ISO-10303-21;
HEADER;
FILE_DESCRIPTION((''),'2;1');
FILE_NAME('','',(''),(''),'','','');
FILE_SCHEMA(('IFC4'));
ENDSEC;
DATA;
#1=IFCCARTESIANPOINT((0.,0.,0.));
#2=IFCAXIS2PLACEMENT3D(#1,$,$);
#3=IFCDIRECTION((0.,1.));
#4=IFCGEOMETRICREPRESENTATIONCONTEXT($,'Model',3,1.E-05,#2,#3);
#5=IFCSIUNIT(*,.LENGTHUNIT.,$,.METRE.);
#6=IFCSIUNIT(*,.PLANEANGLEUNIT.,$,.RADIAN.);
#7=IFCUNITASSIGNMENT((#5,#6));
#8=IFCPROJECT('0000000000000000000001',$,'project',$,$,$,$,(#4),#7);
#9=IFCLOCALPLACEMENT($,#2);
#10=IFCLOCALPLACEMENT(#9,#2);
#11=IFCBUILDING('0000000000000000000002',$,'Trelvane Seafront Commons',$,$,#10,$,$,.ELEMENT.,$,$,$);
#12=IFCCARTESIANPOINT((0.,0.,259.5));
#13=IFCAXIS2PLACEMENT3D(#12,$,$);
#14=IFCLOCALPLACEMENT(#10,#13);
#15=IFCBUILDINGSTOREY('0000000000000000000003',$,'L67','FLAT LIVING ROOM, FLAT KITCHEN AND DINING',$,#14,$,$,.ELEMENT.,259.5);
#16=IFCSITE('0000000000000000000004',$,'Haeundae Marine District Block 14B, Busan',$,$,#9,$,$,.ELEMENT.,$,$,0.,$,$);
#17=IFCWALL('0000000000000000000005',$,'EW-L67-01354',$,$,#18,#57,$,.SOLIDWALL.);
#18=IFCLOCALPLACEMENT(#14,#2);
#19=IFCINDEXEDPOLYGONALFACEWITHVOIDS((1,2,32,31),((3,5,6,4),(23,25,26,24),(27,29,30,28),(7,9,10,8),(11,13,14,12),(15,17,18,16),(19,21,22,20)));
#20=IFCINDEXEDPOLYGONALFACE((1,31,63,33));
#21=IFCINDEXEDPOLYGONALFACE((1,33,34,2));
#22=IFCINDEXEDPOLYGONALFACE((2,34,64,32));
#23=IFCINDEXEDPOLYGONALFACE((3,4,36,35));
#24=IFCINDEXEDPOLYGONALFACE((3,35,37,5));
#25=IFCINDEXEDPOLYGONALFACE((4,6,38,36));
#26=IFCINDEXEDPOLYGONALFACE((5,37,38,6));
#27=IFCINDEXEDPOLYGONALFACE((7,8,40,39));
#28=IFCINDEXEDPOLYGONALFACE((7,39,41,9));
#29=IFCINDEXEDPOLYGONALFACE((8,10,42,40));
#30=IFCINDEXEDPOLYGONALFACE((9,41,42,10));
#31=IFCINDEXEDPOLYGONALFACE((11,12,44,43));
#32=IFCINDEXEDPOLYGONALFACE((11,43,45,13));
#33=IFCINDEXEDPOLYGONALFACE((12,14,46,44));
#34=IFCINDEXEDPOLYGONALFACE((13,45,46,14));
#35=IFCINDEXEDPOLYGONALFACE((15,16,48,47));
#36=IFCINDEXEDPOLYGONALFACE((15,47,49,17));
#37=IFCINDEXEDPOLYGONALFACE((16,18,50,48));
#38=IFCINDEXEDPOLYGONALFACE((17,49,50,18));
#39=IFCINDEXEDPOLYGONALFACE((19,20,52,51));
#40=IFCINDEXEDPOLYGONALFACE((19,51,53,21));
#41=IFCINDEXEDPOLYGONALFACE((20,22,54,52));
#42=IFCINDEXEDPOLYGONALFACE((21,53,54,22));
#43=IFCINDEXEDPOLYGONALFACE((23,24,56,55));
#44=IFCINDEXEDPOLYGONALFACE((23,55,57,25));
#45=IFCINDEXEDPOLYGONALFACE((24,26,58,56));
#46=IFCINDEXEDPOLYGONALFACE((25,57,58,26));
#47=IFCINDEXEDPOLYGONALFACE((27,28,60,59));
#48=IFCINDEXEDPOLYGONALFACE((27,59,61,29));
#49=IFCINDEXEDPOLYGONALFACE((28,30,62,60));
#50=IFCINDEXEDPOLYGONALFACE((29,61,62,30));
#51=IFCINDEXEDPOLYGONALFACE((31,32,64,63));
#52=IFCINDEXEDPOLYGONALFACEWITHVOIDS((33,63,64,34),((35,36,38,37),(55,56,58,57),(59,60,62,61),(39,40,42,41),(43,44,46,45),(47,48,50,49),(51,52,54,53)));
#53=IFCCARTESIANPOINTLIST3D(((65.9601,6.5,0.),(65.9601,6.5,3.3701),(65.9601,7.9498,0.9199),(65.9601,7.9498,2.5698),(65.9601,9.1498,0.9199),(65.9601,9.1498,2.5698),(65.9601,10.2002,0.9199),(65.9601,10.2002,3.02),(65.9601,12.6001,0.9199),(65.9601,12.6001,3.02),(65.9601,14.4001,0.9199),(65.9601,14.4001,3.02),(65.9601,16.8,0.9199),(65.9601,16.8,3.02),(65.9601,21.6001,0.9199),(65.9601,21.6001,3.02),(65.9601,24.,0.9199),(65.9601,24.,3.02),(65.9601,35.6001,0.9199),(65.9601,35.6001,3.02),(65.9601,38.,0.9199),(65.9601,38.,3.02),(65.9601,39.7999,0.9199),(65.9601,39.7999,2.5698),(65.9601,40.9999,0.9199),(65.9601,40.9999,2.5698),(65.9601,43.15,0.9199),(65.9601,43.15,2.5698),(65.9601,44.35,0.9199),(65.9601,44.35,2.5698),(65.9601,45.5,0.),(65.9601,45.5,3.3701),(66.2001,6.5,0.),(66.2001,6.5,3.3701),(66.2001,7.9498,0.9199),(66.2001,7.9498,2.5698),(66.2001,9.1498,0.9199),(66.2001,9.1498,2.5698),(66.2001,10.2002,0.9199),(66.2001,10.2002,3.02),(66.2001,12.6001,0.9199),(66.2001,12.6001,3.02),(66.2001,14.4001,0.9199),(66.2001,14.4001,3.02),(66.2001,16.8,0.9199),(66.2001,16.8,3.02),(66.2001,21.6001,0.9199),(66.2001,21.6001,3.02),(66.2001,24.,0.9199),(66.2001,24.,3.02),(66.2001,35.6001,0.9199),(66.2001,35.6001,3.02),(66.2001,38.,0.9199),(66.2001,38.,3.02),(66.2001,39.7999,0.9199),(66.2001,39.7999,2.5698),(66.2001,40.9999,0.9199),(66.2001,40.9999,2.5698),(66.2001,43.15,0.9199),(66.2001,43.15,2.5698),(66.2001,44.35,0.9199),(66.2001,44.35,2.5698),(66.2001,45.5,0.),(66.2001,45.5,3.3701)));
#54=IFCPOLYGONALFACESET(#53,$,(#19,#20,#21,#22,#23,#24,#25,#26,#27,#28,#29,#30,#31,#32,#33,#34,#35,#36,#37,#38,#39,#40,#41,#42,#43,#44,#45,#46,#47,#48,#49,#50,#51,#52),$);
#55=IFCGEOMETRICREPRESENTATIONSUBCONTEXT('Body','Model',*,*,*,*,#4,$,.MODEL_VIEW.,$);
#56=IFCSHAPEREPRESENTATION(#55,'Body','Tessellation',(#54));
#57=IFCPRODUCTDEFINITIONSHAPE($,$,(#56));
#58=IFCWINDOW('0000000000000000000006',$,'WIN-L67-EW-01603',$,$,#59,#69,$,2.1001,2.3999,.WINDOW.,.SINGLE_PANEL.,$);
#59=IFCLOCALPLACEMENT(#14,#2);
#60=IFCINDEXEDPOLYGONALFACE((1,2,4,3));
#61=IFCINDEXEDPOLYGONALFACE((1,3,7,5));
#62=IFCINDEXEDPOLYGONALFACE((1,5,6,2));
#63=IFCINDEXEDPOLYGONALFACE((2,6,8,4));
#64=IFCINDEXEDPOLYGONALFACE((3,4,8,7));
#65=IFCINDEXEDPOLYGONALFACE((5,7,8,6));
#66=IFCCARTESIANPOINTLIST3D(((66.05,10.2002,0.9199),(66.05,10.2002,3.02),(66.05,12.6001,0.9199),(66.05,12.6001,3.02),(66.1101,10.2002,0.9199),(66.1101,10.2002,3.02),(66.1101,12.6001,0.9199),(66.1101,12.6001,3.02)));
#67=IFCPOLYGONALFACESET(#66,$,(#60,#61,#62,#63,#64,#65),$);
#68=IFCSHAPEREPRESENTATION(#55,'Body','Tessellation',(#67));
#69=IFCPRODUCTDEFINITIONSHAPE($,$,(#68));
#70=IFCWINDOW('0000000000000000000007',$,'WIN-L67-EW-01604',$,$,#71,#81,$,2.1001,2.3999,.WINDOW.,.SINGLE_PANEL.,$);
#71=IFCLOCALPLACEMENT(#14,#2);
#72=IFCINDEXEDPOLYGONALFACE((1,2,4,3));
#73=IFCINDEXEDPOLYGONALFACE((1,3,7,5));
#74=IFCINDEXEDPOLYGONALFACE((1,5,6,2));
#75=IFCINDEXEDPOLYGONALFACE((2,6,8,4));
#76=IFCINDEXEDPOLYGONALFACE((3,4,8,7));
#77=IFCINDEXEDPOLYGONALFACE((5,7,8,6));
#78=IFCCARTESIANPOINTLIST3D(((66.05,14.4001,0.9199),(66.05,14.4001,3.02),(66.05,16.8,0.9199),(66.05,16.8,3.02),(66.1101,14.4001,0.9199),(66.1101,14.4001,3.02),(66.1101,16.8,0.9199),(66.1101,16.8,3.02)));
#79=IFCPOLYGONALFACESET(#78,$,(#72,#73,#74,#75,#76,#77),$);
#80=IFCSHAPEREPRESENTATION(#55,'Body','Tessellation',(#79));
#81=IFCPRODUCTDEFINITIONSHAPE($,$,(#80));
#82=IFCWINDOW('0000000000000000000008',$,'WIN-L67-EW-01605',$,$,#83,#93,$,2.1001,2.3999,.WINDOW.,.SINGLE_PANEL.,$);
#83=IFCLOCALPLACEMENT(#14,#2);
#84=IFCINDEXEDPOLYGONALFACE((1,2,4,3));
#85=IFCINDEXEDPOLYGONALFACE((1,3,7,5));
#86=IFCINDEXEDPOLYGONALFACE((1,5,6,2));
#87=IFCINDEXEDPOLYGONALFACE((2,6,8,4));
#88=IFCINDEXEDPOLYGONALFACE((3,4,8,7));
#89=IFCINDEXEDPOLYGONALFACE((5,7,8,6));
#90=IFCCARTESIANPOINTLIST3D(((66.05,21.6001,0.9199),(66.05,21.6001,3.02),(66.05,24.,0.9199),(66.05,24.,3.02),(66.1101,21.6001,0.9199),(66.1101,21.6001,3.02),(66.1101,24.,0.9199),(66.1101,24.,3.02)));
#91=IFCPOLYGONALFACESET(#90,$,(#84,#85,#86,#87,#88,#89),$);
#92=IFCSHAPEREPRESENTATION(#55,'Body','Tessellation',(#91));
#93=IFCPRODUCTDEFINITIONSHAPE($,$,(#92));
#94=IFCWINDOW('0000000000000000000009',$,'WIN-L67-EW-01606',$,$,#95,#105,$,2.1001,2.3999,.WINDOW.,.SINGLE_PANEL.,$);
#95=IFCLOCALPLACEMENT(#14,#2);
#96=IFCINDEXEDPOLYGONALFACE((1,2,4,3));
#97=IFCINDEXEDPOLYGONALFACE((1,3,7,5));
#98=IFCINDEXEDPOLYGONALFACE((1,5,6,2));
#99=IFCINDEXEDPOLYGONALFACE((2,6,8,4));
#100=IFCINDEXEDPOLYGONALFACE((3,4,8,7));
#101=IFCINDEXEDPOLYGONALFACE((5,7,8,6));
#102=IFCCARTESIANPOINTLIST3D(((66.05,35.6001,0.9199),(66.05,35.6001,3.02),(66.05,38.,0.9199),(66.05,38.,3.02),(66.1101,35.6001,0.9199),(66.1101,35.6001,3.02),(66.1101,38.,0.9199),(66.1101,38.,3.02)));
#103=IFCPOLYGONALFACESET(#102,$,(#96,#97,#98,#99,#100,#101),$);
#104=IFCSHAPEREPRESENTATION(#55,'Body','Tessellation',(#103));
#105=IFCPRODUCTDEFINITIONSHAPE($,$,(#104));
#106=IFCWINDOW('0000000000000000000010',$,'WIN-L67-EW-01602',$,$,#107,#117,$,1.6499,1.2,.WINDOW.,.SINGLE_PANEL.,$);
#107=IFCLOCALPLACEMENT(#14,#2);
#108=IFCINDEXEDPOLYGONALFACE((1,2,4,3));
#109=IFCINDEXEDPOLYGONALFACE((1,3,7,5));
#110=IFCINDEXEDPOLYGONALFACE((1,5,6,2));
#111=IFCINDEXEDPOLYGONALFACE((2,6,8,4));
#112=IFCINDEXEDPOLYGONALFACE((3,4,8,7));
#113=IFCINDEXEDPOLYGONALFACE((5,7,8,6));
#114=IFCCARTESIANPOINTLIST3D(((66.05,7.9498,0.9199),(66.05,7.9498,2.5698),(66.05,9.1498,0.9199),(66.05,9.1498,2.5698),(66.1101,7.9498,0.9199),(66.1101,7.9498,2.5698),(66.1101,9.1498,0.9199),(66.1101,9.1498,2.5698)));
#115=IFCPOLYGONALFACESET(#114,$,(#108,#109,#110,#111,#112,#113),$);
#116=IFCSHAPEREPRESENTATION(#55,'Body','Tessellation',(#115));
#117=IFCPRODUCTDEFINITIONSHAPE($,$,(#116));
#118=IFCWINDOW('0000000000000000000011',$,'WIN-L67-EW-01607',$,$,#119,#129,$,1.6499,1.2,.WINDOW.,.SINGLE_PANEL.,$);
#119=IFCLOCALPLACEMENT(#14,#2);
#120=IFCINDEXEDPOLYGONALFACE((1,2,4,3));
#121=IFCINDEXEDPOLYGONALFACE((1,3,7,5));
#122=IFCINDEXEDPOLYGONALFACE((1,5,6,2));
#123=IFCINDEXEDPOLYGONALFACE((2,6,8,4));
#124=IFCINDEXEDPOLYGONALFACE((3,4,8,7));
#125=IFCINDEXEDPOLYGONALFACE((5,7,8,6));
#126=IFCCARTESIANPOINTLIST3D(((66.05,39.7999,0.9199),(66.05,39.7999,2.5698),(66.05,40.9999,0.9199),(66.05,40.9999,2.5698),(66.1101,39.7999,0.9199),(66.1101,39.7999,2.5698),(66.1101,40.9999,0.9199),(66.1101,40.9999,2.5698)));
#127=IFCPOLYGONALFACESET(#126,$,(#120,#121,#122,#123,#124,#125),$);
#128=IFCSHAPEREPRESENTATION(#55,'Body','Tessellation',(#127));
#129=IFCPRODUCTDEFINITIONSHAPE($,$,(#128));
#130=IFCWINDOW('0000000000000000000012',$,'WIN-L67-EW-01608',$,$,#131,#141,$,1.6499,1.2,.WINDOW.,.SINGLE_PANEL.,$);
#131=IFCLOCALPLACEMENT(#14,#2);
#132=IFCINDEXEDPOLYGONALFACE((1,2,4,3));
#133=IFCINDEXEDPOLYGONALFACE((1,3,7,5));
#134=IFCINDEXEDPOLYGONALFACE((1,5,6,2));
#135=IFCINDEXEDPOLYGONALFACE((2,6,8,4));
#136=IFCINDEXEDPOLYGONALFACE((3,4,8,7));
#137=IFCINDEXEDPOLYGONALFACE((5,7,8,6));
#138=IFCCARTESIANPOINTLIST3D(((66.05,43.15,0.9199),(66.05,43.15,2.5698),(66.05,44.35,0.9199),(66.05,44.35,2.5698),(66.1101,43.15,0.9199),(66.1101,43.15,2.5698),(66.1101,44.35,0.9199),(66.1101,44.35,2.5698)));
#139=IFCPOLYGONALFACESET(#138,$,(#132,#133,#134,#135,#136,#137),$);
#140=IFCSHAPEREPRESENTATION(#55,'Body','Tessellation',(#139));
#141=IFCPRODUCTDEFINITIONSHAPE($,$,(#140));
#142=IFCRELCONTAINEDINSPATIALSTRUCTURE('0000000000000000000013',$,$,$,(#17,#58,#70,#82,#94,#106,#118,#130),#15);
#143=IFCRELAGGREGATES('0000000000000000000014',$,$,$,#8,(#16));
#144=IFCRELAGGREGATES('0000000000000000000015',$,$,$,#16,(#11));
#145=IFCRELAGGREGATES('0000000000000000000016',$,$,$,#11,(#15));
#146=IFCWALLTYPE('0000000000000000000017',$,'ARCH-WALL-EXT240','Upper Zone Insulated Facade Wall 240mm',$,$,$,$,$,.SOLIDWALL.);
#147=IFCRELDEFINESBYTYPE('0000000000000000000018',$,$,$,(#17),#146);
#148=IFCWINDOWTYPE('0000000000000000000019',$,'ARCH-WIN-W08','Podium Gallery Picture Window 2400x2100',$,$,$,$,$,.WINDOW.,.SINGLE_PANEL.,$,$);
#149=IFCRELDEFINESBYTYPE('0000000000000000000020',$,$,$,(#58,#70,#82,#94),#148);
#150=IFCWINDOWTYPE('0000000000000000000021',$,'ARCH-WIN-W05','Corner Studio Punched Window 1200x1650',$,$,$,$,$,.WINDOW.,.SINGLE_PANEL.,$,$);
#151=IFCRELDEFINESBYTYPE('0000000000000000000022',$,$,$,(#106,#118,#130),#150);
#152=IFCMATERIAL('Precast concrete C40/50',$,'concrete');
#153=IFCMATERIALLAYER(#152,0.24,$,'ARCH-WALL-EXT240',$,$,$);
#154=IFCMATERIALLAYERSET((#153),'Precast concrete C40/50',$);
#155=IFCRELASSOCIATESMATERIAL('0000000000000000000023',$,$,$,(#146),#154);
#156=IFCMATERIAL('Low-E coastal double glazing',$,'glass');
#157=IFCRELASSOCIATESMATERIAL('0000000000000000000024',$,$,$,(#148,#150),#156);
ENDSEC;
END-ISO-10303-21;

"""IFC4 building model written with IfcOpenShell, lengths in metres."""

from ifc_helpers import new_model, si_unit, direction, frame, frame_2d, origin, place, context, subcontext, project, spatial, rectangle, extrude, source, transform, mapped, material, layer, layer_set, type_object, element, fill, save


model = new_model("IFC4")

# Units and contexts
model_context = context("Model", 3, precision=1e-05, world=origin(), true_north=direction((0.0, 1.0)))
body_context = subcontext(model_context, "Body", "Model", "MODEL_VIEW")
ifc_project = project(units=[si_unit("LENGTHUNIT", "METRE"), si_unit("PLANEANGLEUNIT", "RADIAN")], contexts=[model_context])

# Site, building, storey
site_placement = place(None, origin())
site = spatial("IfcSite", under=ifc_project, at=site_placement, Name="Haeundae Marine District Block 14B, Busan", CompositionType="ELEMENT", RefElevation=0.0)
building_placement = place(site_placement, origin())
building = spatial("IfcBuilding", under=site, at=building_placement, Name="Trelvane Seafront Commons", CompositionType="ELEMENT")
storey_placement = place(building_placement, frame((0.0, 0.0, 259.5)))
storey = spatial("IfcBuildingStorey", under=building, at=storey_placement, Name="L67", Description="FLAT LIVING ROOM, FLAT KITCHEN AND DINING", CompositionType="ELEMENT", Elevation=259.5)

# Shared definitions
ifc_material_1 = material(Name="Low-E coastal double glazing", Category="glass")

# Shared definitions
ifc_material_2 = material(Name="Precast concrete C40/50", Category="concrete")
ifc_layer_1 = layer(ifc_material_2, 0.24, Name="ARCH-WALL-EXT240")
ifc_layer_set_1 = layer_set([ifc_layer_1], Name="Precast concrete C40/50")
wall_type_1 = type_object("IfcWallType", Name="ARCH-WALL-EXT240", Description="Upper Zone Insulated Facade Wall 240mm", PredefinedType="SOLIDWALL", material=ifc_layer_set_1)

# Wall, openings, windows
wall_1_placement = place(storey_placement, frame((66.0801, 45.5, 0.0), z_axis=(0.0, 0.0, 1.0), x_axis=(0.0, -1.0, 0.0)))
wall_1 = element("IfcWall", 1, at=wall_1_placement, inside=storey, type_object=wall_type_1, Name="EW-L67-01354", PredefinedType="SOLIDWALL", context=body_context, shape_type="SweptSolid", body=[
    extrude(rectangle(XDim=39.0, YDim=0.24, at=frame_2d((19.5, 0.0))), origin(), (0.0, 0.0, 1.0), 3.3701),
])
opening_1_placement = place(wall_1_placement, frame((36.3501, 0.0, 0.9199)))
opening_1 = element("IfcOpeningElement", 2, at=opening_1_placement, cuts=wall_1, PredefinedType="OPENING", context=body_context, shape_type="SweptSolid", body=[
    extrude(rectangle(XDim=1.2, YDim=1.6499, at=frame_2d((0.6001, 0.825))), frame((0.0, 0.1299, 0.0), z_axis=(0.0, -1.0, 0.0), x_axis=(1.0, 0.0, 0.0)), (0.0, 0.0, 1.0), 0.26),
])
opening_2_placement = place(wall_1_placement, frame((32.8999, 0.0, 0.9199)))
opening_2 = element("IfcOpeningElement", 3, at=opening_2_placement, cuts=wall_1, PredefinedType="OPENING", context=body_context, shape_type="SweptSolid", body=[
    extrude(rectangle(XDim=2.3999, YDim=2.1001, at=frame_2d((1.2, 1.05))), frame((0.0, 0.1299, 0.0), z_axis=(0.0, -1.0, 0.0), x_axis=(1.0, 0.0, 0.0)), (0.0, 0.0, 1.0), 0.26),
])
opening_3_placement = place(wall_1_placement, frame((28.7, 0.0, 0.9199)))
opening_3 = element("IfcOpeningElement", 4, at=opening_3_placement, cuts=wall_1, PredefinedType="OPENING", context=body_context, shape_type="SweptSolid", body=[
    extrude(rectangle(XDim=2.3999, YDim=2.1001, at=frame_2d((1.2, 1.05))), frame((0.0, 0.1299, 0.0), z_axis=(0.0, -1.0, 0.0), x_axis=(1.0, 0.0, 0.0)), (0.0, 0.0, 1.0), 0.26),
])
opening_4_placement = place(wall_1_placement, frame((21.5, 0.0, 0.9199)))
opening_4 = element("IfcOpeningElement", 5, at=opening_4_placement, cuts=wall_1, PredefinedType="OPENING", context=body_context, shape_type="SweptSolid", body=[
    extrude(rectangle(XDim=2.3999, YDim=2.1001, at=frame_2d((1.2, 1.05))), frame((0.0, 0.1299, 0.0), z_axis=(0.0, -1.0, 0.0), x_axis=(1.0, 0.0, 0.0)), (0.0, 0.0, 1.0), 0.26),
])
opening_5_placement = place(wall_1_placement, frame((7.5, 0.0, 0.9199)))
opening_5 = element("IfcOpeningElement", 6, at=opening_5_placement, cuts=wall_1, PredefinedType="OPENING", context=body_context, shape_type="SweptSolid", body=[
    extrude(rectangle(XDim=2.3999, YDim=2.1001, at=frame_2d((1.2, 1.05))), frame((0.0, 0.1299, 0.0), z_axis=(0.0, -1.0, 0.0), x_axis=(1.0, 0.0, 0.0)), (0.0, 0.0, 1.0), 0.26),
])
opening_6_placement = place(wall_1_placement, frame((4.5, 0.0, 0.9199)))
opening_6 = element("IfcOpeningElement", 7, at=opening_6_placement, cuts=wall_1, PredefinedType="OPENING", context=body_context, shape_type="SweptSolid", body=[
    extrude(rectangle(XDim=1.2, YDim=1.6499, at=frame_2d((0.6001, 0.825))), frame((0.0, 0.1299, 0.0), z_axis=(0.0, -1.0, 0.0), x_axis=(1.0, 0.0, 0.0)), (0.0, 0.0, 1.0), 0.26),
])
opening_7_placement = place(wall_1_placement, frame((1.1499, 0.0, 0.9199)))
opening_7 = element("IfcOpeningElement", 8, at=opening_7_placement, cuts=wall_1, PredefinedType="OPENING", context=body_context, shape_type="SweptSolid", body=[
    extrude(rectangle(XDim=1.2, YDim=1.6499, at=frame_2d((0.6001, 0.825))), frame((0.0, 0.1299, 0.0), z_axis=(0.0, -1.0, 0.0), x_axis=(1.0, 0.0, 0.0)), (0.0, 0.0, 1.0), 0.26),
])
window_type_1 = type_object("IfcWindowType", Name="ARCH-WIN-W08", Description="Podium Gallery Picture Window 2400x2100", PartitioningType="SINGLE_PANEL", PredefinedType="WINDOW", material=ifc_material_1)
shared_shape_1 = source(origin(), body_context, "Body", "SweptSolid", [
    extrude(rectangle(XDim=2.3999, YDim=2.1001, at=frame_2d((1.2, 1.05))), frame((0.0, 0.03, 0.0), z_axis=(0.0, -1.0, 0.0), x_axis=(1.0, 0.0, 0.0)), (0.0, 0.0, 1.0), 0.0601),
])
window_1_placement = place(opening_2_placement, origin())
window_1 = element("IfcWindow", 9, at=window_1_placement, inside=storey, type_object=window_type_1, Name="WIN-L67-EW-01603", OverallHeight=2.1001, OverallWidth=2.3999, PartitioningType="SINGLE_PANEL", PredefinedType="WINDOW", context=body_context, shape_type="MappedRepresentation", body=[
    mapped(shared_shape_1, transform((0.0, 0.0, 0.0), x_axis=(1.0, 0.0, 0.0), y_axis=(0.0, 1.0, 0.0), z_axis=(0.0, 0.0, 1.0), scale=1.0)),
])
fill(opening_2, window_1)
window_2_placement = place(opening_3_placement, origin())
window_2 = element("IfcWindow", 10, at=window_2_placement, inside=storey, type_object=window_type_1, Name="WIN-L67-EW-01604", OverallHeight=2.1001, OverallWidth=2.3999, PartitioningType="SINGLE_PANEL", PredefinedType="WINDOW", context=body_context, shape_type="MappedRepresentation", body=[
    mapped(shared_shape_1, transform((0.0, 0.0, 0.0), x_axis=(1.0, 0.0, 0.0), y_axis=(0.0, 1.0, 0.0), z_axis=(0.0, 0.0, 1.0), scale=1.0)),
])
fill(opening_3, window_2)
window_3_placement = place(opening_4_placement, origin())
window_3 = element("IfcWindow", 11, at=window_3_placement, inside=storey, type_object=window_type_1, Name="WIN-L67-EW-01605", OverallHeight=2.1001, OverallWidth=2.3999, PartitioningType="SINGLE_PANEL", PredefinedType="WINDOW", context=body_context, shape_type="MappedRepresentation", body=[
    mapped(shared_shape_1, transform((0.0, 0.0, 0.0), x_axis=(1.0, 0.0, 0.0), y_axis=(0.0, 1.0, 0.0), z_axis=(0.0, 0.0, 1.0), scale=1.0)),
])
fill(opening_4, window_3)
window_4_placement = place(opening_5_placement, origin())
window_4 = element("IfcWindow", 12, at=window_4_placement, inside=storey, type_object=window_type_1, Name="WIN-L67-EW-01606", OverallHeight=2.1001, OverallWidth=2.3999, PartitioningType="SINGLE_PANEL", PredefinedType="WINDOW", context=body_context, shape_type="MappedRepresentation", body=[
    mapped(shared_shape_1, transform((0.0, 0.0, 0.0), x_axis=(1.0, 0.0, 0.0), y_axis=(0.0, 1.0, 0.0), z_axis=(0.0, 0.0, 1.0), scale=1.0)),
])
fill(opening_5, window_4)
window_type_2 = type_object("IfcWindowType", Name="ARCH-WIN-W05", Description="Corner Studio Punched Window 1200x1650", PartitioningType="SINGLE_PANEL", PredefinedType="WINDOW", material=ifc_material_1)
shared_shape_2 = source(origin(), body_context, "Body", "SweptSolid", [
    extrude(rectangle(XDim=1.2, YDim=1.6499, at=frame_2d((0.6001, 0.825))), frame((0.0, 0.03, 0.0), z_axis=(0.0, -1.0, 0.0), x_axis=(1.0, 0.0, 0.0)), (0.0, 0.0, 1.0), 0.0601),
])
window_5_placement = place(opening_1_placement, origin())
window_5 = element("IfcWindow", 13, at=window_5_placement, inside=storey, type_object=window_type_2, Name="WIN-L67-EW-01602", OverallHeight=1.6499, OverallWidth=1.2, PartitioningType="SINGLE_PANEL", PredefinedType="WINDOW", context=body_context, shape_type="MappedRepresentation", body=[
    mapped(shared_shape_2, transform((0.0, 0.0, 0.0), x_axis=(1.0, 0.0, 0.0), y_axis=(0.0, 1.0, 0.0), z_axis=(0.0, 0.0, 1.0), scale=1.0)),
])
fill(opening_1, window_5)
window_6_placement = place(opening_6_placement, origin())
window_6 = element("IfcWindow", 14, at=window_6_placement, inside=storey, type_object=window_type_2, Name="WIN-L67-EW-01607", OverallHeight=1.6499, OverallWidth=1.2, PartitioningType="SINGLE_PANEL", PredefinedType="WINDOW", context=body_context, shape_type="MappedRepresentation", body=[
    mapped(shared_shape_2, transform((0.0, 0.0, 0.0), x_axis=(1.0, 0.0, 0.0), y_axis=(0.0, 1.0, 0.0), z_axis=(0.0, 0.0, 1.0), scale=1.0)),
])
fill(opening_6, window_6)
window_7_placement = place(opening_7_placement, origin())
window_7 = element("IfcWindow", 15, at=window_7_placement, inside=storey, type_object=window_type_2, Name="WIN-L67-EW-01608", OverallHeight=1.6499, OverallWidth=1.2, PartitioningType="SINGLE_PANEL", PredefinedType="WINDOW", context=body_context, shape_type="MappedRepresentation", body=[
    mapped(shared_shape_2, transform((0.0, 0.0, 0.0), x_axis=(1.0, 0.0, 0.0), y_axis=(0.0, 1.0, 0.0), z_axis=(0.0, 0.0, 1.0), scale=1.0)),
])
fill(opening_7, window_7)

save(model, "model.ifc")
